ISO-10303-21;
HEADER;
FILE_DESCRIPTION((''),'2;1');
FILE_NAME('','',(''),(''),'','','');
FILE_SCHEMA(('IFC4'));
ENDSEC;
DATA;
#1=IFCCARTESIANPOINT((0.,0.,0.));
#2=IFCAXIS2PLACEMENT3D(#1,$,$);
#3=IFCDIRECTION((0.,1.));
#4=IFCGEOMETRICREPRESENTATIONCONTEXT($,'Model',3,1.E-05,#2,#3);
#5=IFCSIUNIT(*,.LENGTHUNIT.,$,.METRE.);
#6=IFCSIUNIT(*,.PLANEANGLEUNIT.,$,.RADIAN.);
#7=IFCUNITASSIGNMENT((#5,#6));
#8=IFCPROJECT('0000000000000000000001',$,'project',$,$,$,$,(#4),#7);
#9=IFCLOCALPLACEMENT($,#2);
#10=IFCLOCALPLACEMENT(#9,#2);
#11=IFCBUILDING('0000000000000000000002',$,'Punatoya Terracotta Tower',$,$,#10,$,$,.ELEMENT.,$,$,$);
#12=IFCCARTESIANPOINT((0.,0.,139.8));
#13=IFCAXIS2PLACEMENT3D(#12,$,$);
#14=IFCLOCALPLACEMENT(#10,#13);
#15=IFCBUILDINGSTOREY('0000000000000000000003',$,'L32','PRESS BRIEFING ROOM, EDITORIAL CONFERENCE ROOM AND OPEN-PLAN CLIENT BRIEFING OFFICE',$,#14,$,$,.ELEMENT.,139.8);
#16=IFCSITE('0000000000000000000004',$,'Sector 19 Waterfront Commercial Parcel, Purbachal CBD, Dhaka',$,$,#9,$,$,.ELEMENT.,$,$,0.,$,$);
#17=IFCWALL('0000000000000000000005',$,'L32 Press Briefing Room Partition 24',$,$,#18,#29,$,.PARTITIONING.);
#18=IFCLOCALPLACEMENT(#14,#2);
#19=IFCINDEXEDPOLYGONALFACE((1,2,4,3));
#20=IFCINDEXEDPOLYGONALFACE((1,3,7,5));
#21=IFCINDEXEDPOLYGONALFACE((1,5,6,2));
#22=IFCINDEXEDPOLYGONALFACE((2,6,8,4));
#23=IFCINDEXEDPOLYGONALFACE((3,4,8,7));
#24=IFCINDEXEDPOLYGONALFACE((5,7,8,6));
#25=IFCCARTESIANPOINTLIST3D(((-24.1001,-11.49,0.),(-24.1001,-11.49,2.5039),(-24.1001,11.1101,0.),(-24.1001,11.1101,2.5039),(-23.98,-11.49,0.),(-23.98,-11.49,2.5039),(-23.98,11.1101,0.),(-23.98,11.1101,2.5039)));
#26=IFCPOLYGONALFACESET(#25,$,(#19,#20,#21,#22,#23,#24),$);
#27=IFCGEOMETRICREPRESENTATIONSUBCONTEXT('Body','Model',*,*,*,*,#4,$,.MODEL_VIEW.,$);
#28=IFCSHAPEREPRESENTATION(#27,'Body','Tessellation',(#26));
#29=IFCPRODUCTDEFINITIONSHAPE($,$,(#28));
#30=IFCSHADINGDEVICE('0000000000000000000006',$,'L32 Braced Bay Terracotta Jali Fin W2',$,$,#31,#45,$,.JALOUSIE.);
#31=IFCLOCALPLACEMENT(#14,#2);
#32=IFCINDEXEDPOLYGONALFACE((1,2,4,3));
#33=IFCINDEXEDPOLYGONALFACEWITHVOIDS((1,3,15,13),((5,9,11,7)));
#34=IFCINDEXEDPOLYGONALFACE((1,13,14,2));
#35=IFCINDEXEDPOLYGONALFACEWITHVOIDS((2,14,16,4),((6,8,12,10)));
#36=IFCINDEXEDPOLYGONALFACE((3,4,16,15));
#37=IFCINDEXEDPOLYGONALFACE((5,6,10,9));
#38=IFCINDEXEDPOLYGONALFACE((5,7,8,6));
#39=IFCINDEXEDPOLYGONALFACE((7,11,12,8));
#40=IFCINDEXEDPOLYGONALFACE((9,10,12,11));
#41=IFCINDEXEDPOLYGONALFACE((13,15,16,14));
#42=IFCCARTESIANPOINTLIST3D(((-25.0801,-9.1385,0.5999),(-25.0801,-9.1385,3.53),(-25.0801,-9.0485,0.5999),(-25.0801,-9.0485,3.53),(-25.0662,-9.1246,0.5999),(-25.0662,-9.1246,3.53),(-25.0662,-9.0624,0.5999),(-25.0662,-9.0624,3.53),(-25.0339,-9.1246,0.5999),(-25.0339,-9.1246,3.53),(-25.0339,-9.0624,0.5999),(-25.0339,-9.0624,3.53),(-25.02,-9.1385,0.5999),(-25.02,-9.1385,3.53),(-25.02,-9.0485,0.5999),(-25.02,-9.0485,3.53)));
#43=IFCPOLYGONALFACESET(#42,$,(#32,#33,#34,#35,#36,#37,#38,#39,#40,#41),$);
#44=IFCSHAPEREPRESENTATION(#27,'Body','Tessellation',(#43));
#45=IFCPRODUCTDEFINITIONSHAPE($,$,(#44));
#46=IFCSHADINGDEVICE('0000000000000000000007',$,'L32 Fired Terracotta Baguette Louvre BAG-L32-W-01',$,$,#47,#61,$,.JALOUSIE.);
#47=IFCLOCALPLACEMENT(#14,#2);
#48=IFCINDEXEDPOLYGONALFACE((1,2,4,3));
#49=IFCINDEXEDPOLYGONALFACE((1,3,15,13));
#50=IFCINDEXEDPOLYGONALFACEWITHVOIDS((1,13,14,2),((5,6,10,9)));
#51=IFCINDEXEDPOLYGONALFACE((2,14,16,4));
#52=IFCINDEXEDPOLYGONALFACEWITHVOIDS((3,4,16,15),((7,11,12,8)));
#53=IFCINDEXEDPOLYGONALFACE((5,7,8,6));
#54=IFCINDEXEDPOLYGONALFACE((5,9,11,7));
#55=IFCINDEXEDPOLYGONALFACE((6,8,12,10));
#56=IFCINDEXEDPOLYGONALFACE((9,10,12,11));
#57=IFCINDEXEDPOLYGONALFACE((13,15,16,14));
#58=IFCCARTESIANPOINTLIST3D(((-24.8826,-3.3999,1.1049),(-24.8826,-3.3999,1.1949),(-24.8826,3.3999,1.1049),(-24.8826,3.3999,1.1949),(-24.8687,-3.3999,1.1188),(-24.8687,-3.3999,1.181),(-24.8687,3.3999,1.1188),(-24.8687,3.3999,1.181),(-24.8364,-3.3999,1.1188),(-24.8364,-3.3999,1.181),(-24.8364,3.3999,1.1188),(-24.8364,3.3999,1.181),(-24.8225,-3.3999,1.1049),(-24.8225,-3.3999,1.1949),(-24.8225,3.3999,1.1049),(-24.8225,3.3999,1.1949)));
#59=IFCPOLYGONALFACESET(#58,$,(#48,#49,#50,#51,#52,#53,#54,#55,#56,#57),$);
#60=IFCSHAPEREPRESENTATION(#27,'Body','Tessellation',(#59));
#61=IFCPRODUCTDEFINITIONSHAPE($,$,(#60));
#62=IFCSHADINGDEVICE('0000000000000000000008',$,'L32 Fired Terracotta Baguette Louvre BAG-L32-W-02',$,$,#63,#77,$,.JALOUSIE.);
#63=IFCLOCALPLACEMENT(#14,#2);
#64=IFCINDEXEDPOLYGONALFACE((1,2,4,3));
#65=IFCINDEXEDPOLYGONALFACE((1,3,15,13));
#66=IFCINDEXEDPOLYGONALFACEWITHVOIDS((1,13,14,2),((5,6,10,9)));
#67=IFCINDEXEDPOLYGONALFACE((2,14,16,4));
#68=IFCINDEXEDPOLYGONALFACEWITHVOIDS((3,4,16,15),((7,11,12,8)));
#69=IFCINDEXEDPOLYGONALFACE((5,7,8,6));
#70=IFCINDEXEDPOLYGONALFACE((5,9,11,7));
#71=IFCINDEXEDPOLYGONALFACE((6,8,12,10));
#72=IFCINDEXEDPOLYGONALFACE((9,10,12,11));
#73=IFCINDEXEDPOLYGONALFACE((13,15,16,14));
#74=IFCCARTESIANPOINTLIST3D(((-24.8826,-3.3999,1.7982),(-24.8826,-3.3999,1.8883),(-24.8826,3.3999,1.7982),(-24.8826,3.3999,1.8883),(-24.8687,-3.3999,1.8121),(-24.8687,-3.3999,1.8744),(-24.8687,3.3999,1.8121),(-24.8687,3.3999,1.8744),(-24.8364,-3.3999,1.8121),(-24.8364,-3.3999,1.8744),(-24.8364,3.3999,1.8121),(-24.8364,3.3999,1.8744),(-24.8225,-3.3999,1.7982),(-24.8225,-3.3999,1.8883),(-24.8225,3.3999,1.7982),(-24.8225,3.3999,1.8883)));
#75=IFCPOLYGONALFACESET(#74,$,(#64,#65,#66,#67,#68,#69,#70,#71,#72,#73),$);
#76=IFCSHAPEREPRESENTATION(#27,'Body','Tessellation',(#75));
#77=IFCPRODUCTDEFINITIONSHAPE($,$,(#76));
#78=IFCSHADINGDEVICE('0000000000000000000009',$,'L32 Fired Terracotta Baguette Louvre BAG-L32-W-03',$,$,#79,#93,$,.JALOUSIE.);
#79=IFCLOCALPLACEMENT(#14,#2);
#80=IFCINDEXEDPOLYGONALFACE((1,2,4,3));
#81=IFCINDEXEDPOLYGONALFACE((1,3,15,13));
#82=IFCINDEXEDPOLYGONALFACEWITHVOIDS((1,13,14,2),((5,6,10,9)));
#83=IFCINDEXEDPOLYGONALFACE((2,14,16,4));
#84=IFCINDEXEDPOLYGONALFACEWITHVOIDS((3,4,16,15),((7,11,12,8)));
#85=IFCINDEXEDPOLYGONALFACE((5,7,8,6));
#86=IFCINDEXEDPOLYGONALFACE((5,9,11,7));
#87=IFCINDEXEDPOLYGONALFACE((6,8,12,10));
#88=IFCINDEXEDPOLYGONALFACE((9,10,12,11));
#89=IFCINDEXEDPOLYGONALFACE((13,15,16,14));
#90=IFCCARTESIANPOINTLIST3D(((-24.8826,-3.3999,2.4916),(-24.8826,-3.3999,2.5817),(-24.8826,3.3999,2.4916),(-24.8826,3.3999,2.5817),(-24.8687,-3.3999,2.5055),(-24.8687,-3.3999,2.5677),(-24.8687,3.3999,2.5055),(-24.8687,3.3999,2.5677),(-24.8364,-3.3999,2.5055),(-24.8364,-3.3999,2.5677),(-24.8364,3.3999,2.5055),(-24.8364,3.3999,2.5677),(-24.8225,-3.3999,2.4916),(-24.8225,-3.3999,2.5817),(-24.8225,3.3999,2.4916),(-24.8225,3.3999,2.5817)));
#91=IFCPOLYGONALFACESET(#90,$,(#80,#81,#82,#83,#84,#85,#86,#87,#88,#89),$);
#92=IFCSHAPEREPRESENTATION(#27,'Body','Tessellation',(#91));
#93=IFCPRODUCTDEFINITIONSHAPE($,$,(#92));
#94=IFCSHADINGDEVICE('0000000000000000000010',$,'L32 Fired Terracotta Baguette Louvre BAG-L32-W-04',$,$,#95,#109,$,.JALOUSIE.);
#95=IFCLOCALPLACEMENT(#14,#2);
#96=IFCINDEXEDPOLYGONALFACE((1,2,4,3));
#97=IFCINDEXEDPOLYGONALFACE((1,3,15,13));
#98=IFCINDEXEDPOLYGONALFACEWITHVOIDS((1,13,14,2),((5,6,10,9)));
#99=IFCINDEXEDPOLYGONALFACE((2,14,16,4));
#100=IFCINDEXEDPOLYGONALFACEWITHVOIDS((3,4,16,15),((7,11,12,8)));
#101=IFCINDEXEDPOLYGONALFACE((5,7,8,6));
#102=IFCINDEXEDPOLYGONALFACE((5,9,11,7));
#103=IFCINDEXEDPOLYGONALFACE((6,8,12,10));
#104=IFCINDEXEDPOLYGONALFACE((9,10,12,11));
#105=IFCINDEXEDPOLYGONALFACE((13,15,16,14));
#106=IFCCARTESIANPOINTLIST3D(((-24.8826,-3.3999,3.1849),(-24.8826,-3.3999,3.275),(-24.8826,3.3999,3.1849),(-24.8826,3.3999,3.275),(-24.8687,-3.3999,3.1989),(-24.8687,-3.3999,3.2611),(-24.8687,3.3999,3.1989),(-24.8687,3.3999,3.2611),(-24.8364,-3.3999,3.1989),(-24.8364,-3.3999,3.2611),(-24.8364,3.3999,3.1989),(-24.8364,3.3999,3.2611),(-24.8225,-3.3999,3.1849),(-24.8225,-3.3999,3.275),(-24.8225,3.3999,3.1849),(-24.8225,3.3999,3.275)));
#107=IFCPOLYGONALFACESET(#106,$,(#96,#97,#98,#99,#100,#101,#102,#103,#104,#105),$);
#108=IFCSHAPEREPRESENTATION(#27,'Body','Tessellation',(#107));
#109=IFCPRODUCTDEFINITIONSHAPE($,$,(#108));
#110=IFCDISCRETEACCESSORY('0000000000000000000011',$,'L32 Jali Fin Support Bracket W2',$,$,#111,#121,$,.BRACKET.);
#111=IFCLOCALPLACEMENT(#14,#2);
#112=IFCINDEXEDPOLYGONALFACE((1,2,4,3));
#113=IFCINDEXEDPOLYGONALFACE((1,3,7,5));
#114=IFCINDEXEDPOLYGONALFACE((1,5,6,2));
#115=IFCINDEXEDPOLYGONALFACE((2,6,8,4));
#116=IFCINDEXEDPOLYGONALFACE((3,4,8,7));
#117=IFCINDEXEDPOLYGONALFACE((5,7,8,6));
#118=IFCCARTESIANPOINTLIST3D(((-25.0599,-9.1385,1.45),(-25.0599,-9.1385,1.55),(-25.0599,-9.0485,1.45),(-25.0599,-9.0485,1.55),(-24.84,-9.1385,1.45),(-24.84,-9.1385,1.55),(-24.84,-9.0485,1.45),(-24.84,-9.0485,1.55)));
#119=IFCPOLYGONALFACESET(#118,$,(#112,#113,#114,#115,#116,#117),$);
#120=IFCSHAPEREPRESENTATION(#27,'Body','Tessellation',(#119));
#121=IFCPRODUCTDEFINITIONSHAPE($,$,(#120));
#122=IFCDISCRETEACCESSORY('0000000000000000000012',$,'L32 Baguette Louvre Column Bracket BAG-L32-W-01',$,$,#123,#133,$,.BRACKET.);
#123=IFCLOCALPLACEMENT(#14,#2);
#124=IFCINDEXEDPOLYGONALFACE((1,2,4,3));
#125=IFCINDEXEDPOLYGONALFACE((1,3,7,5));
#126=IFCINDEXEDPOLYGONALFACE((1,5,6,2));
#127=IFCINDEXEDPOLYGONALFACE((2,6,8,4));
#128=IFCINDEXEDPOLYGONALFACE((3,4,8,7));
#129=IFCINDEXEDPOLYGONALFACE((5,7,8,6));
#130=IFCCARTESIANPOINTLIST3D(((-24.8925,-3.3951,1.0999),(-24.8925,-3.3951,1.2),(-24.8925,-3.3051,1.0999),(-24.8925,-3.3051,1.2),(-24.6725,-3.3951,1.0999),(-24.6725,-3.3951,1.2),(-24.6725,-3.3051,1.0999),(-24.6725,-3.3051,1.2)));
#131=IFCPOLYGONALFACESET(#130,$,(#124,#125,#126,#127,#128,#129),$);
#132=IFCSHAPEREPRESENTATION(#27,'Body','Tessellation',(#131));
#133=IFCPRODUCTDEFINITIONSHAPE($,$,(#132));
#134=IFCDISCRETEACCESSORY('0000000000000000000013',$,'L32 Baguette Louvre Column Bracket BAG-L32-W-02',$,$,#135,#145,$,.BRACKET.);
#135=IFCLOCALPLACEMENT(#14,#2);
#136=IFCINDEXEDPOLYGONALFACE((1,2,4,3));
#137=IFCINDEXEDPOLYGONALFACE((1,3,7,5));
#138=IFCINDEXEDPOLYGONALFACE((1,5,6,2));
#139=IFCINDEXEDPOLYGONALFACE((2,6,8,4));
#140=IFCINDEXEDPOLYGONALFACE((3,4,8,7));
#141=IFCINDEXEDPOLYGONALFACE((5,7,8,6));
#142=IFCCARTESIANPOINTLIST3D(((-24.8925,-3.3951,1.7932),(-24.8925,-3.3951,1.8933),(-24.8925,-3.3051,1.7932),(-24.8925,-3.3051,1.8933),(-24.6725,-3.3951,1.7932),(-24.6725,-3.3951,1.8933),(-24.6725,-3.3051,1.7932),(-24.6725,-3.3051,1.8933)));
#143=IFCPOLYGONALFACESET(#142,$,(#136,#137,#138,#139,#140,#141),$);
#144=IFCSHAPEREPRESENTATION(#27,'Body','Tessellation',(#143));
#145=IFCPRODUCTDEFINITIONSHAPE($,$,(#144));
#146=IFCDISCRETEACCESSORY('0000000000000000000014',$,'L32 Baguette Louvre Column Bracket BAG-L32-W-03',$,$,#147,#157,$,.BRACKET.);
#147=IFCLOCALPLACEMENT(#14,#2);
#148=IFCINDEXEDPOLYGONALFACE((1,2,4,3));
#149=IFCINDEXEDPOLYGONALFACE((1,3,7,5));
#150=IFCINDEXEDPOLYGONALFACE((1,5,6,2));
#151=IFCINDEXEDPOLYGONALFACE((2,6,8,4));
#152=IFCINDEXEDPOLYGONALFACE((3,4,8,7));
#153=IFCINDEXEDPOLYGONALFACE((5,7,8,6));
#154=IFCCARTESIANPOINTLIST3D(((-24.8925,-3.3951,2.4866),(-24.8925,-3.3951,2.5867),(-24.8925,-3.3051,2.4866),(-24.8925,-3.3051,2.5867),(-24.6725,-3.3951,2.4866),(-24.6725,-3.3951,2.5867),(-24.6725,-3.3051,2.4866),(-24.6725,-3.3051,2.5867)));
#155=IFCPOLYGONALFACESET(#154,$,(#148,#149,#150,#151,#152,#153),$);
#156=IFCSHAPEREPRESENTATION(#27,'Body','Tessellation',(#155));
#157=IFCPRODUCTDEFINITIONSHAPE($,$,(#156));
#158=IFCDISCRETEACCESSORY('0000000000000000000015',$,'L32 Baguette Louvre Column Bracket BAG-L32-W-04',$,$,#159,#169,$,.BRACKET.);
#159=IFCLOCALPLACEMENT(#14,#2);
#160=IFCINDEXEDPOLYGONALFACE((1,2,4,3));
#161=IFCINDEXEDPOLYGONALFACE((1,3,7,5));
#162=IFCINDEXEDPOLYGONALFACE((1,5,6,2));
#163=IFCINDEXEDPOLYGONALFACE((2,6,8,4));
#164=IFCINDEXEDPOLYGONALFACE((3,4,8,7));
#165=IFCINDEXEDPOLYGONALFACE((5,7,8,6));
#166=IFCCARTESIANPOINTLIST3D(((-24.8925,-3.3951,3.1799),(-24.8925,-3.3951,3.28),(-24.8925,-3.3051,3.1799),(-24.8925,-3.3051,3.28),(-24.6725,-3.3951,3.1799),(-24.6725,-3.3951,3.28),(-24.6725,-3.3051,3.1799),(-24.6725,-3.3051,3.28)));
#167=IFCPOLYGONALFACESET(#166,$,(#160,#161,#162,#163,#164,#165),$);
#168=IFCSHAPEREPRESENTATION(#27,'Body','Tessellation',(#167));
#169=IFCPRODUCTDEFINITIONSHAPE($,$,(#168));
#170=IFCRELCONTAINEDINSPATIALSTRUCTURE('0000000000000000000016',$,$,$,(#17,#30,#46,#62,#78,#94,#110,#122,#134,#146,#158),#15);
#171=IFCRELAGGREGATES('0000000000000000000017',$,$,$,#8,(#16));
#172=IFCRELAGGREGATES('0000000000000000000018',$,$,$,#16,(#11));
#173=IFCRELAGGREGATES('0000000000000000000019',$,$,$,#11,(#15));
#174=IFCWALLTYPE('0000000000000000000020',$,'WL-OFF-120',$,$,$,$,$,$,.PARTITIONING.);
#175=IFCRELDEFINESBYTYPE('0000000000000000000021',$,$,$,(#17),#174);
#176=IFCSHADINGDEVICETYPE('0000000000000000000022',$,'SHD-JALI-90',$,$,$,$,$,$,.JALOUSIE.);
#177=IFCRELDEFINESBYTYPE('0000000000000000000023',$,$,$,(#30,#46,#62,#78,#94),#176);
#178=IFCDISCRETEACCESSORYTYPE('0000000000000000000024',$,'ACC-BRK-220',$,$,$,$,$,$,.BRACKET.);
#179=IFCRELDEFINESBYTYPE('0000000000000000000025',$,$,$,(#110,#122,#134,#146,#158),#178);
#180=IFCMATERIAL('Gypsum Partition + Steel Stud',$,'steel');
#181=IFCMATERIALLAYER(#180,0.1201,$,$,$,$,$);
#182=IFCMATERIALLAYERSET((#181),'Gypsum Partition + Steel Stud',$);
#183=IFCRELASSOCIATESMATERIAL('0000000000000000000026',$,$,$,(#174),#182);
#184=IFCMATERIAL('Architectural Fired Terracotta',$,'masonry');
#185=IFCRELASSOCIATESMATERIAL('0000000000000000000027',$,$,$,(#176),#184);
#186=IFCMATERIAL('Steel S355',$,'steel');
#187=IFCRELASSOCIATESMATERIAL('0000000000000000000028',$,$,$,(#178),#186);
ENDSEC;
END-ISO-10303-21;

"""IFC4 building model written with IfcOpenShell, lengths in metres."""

from ifc_helpers import new_model, si_unit, direction, frame, frame_2d, origin, origin_2d, place, context, subcontext, project, spatial, rectangle, hollow_rectangle, extrude, material, layer, layer_set, material_profile, profile_set, type_object, element, save


model = new_model("IFC4")

# Units and contexts
model_context = context("Model", 3, precision=1e-05, world=origin(), true_north=direction((0.0, 1.0)))
body_context = subcontext(model_context, "Body", "Model", "MODEL_VIEW")
ifc_project = project(units=[si_unit("LENGTHUNIT", "METRE"), si_unit("PLANEANGLEUNIT", "RADIAN")], contexts=[model_context])

# Site, building, storey
site_placement = place(None, origin())
site = spatial("IfcSite", under=ifc_project, at=site_placement, Name="Sector 19 Waterfront Commercial Parcel, Purbachal CBD, Dhaka", CompositionType="ELEMENT", RefElevation=0.0)
building_placement = place(site_placement, origin())
building = spatial("IfcBuilding", under=site, at=building_placement, Name="Punatoya Terracotta Tower", CompositionType="ELEMENT")
storey_placement = place(building_placement, frame((0.0, 0.0, 139.8)))
storey = spatial("IfcBuildingStorey", under=building, at=storey_placement, Name="L32", Description="PRESS BRIEFING ROOM, EDITORIAL CONFERENCE ROOM AND OPEN-PLAN CLIENT BRIEFING OFFICE", CompositionType="ELEMENT", Elevation=139.8)

# Shared definitions
ifc_material_1 = material(Name="Steel S355", Category="steel")

# Wall
ifc_material_2 = material(Name="Gypsum Partition + Steel Stud", Category="steel")
ifc_layer_1 = layer(ifc_material_2, 0.1201)
ifc_layer_set_1 = layer_set([ifc_layer_1], Name="Gypsum Partition + Steel Stud")
wall_type_1 = type_object("IfcWallType", Name="WL-OFF-120", PredefinedType="PARTITIONING", material=ifc_layer_set_1)
wall_1_placement = place(storey_placement, frame((-24.04, -11.49, 0.0), z_axis=(0.0, 0.0, 1.0), x_axis=(0.0, 1.0, 0.0)))
element("IfcWall", 1, at=wall_1_placement, inside=storey, type_object=wall_type_1, Name="L32 Press Briefing Room Partition 24", PredefinedType="PARTITIONING", context=body_context, shape_type="SweptSolid", body=[
    extrude(rectangle(XDim=22.6001, YDim=0.1201, at=frame_2d((11.3, 0.0))), origin(), (0.0, 0.0, 1.0), 2.5039),
])

# Shading devices
ifc_material_3 = material(Name="Architectural Fired Terracotta", Category="masonry")
ifc_material_profile_1 = material_profile(ifc_material_3, hollow_rectangle(XDim=0.0601, YDim=0.0901, WallThickness=0.0139, at=origin_2d()))
ifc_profile_set_1 = profile_set([ifc_material_profile_1], Name="Architectural Fired Terracotta")
shading_device_type = type_object("IfcShadingDeviceType", Name="SHD-JALI-90", PredefinedType="JALOUSIE", material=ifc_profile_set_1)
shading_device_placement = place(storey_placement, frame((-25.05, -9.0935, 0.5999), z_axis=(0.0, 0.0, 1.0), x_axis=(1.0, 0.0, 0.0)))
element("IfcShadingDevice", 2, at=shading_device_placement, inside=storey, type_object=shading_device_type, Name="L32 Braced Bay Terracotta Jali Fin W2", PredefinedType="JALOUSIE", context=body_context, shape_type="SweptSolid", body=[
    extrude(hollow_rectangle(XDim=0.0601, YDim=0.0901, WallThickness=0.0139, at=origin_2d()), origin(), (0.0, 0.0, 1.0), 2.9302),
])
for number, where, z_axis, x_axis, name in (
    (3, (-24.8525, -3.3999, 1.1499), (0.0, 1.0, 0.0), (-1.0, 0.0, 0.0), "L32 Fired Terracotta Baguette Louvre BAG-L32-W-01"),
    (4, (-24.8525, -3.3999, 1.8433), (0.0, 1.0, 0.0), (-1.0, 0.0, 0.0), "L32 Fired Terracotta Baguette Louvre BAG-L32-W-02"),
    (5, (-24.8525, -3.3999, 2.5366), (0.0, 1.0, 0.0), (-1.0, 0.0, 0.0), "L32 Fired Terracotta Baguette Louvre BAG-L32-W-03"),
    (6, (-24.8525, -3.3999, 3.23), (0.0, 1.0, 0.0), (-1.0, 0.0, 0.0), "L32 Fired Terracotta Baguette Louvre BAG-L32-W-04"),
):
    element("IfcShadingDevice", number, at=place(storey_placement, frame(where, z_axis=z_axis, x_axis=x_axis)), inside=storey, type_object=shading_device_type, Name=name, PredefinedType="JALOUSIE", context=body_context, shape_type="SweptSolid", body=[
        extrude(hollow_rectangle(XDim=0.0601, YDim=0.0901, WallThickness=0.0139, at=origin_2d()), origin(), (0.0, 0.0, 1.0), 6.7998),
    ])

# Discrete accessories
discrete_accessory_type = type_object("IfcDiscreteAccessoryType", Name="ACC-BRK-220", PredefinedType="BRACKET", material=ifc_material_1)
for number, where, z_axis, x_axis, name in (
    (7, (-24.95, -9.0935, 1.45), (0.0, 0.0, 1.0), (0.0, -1.0, 0.0), "L32 Jali Fin Support Bracket W2"),
    (8, (-24.7825, -3.3501, 1.0999), (0.0, 0.0, 1.0), (0.0, 1.0, 0.0), "L32 Baguette Louvre Column Bracket BAG-L32-W-01"),
    (9, (-24.7825, -3.3501, 1.7932), (0.0, 0.0, 1.0), (0.0, 1.0, 0.0), "L32 Baguette Louvre Column Bracket BAG-L32-W-02"),
    (10, (-24.7825, -3.3501, 2.4866), (0.0, 0.0, 1.0), (0.0, 1.0, 0.0), "L32 Baguette Louvre Column Bracket BAG-L32-W-03"),
    (11, (-24.7825, -3.3501, 3.1799), (0.0, 0.0, 1.0), (0.0, 1.0, 0.0), "L32 Baguette Louvre Column Bracket BAG-L32-W-04"),
):
    element("IfcDiscreteAccessory", number, at=place(storey_placement, frame(where, z_axis=z_axis, x_axis=x_axis)), inside=storey, type_object=discrete_accessory_type, Name=name, PredefinedType="BRACKET", context=body_context, shape_type="SweptSolid", body=[
        extrude(rectangle(XDim=0.0901, YDim=0.22, at=origin_2d()), origin(), (0.0, 0.0, 1.0), 0.1001),
    ])

save(model, "model.ifc")
